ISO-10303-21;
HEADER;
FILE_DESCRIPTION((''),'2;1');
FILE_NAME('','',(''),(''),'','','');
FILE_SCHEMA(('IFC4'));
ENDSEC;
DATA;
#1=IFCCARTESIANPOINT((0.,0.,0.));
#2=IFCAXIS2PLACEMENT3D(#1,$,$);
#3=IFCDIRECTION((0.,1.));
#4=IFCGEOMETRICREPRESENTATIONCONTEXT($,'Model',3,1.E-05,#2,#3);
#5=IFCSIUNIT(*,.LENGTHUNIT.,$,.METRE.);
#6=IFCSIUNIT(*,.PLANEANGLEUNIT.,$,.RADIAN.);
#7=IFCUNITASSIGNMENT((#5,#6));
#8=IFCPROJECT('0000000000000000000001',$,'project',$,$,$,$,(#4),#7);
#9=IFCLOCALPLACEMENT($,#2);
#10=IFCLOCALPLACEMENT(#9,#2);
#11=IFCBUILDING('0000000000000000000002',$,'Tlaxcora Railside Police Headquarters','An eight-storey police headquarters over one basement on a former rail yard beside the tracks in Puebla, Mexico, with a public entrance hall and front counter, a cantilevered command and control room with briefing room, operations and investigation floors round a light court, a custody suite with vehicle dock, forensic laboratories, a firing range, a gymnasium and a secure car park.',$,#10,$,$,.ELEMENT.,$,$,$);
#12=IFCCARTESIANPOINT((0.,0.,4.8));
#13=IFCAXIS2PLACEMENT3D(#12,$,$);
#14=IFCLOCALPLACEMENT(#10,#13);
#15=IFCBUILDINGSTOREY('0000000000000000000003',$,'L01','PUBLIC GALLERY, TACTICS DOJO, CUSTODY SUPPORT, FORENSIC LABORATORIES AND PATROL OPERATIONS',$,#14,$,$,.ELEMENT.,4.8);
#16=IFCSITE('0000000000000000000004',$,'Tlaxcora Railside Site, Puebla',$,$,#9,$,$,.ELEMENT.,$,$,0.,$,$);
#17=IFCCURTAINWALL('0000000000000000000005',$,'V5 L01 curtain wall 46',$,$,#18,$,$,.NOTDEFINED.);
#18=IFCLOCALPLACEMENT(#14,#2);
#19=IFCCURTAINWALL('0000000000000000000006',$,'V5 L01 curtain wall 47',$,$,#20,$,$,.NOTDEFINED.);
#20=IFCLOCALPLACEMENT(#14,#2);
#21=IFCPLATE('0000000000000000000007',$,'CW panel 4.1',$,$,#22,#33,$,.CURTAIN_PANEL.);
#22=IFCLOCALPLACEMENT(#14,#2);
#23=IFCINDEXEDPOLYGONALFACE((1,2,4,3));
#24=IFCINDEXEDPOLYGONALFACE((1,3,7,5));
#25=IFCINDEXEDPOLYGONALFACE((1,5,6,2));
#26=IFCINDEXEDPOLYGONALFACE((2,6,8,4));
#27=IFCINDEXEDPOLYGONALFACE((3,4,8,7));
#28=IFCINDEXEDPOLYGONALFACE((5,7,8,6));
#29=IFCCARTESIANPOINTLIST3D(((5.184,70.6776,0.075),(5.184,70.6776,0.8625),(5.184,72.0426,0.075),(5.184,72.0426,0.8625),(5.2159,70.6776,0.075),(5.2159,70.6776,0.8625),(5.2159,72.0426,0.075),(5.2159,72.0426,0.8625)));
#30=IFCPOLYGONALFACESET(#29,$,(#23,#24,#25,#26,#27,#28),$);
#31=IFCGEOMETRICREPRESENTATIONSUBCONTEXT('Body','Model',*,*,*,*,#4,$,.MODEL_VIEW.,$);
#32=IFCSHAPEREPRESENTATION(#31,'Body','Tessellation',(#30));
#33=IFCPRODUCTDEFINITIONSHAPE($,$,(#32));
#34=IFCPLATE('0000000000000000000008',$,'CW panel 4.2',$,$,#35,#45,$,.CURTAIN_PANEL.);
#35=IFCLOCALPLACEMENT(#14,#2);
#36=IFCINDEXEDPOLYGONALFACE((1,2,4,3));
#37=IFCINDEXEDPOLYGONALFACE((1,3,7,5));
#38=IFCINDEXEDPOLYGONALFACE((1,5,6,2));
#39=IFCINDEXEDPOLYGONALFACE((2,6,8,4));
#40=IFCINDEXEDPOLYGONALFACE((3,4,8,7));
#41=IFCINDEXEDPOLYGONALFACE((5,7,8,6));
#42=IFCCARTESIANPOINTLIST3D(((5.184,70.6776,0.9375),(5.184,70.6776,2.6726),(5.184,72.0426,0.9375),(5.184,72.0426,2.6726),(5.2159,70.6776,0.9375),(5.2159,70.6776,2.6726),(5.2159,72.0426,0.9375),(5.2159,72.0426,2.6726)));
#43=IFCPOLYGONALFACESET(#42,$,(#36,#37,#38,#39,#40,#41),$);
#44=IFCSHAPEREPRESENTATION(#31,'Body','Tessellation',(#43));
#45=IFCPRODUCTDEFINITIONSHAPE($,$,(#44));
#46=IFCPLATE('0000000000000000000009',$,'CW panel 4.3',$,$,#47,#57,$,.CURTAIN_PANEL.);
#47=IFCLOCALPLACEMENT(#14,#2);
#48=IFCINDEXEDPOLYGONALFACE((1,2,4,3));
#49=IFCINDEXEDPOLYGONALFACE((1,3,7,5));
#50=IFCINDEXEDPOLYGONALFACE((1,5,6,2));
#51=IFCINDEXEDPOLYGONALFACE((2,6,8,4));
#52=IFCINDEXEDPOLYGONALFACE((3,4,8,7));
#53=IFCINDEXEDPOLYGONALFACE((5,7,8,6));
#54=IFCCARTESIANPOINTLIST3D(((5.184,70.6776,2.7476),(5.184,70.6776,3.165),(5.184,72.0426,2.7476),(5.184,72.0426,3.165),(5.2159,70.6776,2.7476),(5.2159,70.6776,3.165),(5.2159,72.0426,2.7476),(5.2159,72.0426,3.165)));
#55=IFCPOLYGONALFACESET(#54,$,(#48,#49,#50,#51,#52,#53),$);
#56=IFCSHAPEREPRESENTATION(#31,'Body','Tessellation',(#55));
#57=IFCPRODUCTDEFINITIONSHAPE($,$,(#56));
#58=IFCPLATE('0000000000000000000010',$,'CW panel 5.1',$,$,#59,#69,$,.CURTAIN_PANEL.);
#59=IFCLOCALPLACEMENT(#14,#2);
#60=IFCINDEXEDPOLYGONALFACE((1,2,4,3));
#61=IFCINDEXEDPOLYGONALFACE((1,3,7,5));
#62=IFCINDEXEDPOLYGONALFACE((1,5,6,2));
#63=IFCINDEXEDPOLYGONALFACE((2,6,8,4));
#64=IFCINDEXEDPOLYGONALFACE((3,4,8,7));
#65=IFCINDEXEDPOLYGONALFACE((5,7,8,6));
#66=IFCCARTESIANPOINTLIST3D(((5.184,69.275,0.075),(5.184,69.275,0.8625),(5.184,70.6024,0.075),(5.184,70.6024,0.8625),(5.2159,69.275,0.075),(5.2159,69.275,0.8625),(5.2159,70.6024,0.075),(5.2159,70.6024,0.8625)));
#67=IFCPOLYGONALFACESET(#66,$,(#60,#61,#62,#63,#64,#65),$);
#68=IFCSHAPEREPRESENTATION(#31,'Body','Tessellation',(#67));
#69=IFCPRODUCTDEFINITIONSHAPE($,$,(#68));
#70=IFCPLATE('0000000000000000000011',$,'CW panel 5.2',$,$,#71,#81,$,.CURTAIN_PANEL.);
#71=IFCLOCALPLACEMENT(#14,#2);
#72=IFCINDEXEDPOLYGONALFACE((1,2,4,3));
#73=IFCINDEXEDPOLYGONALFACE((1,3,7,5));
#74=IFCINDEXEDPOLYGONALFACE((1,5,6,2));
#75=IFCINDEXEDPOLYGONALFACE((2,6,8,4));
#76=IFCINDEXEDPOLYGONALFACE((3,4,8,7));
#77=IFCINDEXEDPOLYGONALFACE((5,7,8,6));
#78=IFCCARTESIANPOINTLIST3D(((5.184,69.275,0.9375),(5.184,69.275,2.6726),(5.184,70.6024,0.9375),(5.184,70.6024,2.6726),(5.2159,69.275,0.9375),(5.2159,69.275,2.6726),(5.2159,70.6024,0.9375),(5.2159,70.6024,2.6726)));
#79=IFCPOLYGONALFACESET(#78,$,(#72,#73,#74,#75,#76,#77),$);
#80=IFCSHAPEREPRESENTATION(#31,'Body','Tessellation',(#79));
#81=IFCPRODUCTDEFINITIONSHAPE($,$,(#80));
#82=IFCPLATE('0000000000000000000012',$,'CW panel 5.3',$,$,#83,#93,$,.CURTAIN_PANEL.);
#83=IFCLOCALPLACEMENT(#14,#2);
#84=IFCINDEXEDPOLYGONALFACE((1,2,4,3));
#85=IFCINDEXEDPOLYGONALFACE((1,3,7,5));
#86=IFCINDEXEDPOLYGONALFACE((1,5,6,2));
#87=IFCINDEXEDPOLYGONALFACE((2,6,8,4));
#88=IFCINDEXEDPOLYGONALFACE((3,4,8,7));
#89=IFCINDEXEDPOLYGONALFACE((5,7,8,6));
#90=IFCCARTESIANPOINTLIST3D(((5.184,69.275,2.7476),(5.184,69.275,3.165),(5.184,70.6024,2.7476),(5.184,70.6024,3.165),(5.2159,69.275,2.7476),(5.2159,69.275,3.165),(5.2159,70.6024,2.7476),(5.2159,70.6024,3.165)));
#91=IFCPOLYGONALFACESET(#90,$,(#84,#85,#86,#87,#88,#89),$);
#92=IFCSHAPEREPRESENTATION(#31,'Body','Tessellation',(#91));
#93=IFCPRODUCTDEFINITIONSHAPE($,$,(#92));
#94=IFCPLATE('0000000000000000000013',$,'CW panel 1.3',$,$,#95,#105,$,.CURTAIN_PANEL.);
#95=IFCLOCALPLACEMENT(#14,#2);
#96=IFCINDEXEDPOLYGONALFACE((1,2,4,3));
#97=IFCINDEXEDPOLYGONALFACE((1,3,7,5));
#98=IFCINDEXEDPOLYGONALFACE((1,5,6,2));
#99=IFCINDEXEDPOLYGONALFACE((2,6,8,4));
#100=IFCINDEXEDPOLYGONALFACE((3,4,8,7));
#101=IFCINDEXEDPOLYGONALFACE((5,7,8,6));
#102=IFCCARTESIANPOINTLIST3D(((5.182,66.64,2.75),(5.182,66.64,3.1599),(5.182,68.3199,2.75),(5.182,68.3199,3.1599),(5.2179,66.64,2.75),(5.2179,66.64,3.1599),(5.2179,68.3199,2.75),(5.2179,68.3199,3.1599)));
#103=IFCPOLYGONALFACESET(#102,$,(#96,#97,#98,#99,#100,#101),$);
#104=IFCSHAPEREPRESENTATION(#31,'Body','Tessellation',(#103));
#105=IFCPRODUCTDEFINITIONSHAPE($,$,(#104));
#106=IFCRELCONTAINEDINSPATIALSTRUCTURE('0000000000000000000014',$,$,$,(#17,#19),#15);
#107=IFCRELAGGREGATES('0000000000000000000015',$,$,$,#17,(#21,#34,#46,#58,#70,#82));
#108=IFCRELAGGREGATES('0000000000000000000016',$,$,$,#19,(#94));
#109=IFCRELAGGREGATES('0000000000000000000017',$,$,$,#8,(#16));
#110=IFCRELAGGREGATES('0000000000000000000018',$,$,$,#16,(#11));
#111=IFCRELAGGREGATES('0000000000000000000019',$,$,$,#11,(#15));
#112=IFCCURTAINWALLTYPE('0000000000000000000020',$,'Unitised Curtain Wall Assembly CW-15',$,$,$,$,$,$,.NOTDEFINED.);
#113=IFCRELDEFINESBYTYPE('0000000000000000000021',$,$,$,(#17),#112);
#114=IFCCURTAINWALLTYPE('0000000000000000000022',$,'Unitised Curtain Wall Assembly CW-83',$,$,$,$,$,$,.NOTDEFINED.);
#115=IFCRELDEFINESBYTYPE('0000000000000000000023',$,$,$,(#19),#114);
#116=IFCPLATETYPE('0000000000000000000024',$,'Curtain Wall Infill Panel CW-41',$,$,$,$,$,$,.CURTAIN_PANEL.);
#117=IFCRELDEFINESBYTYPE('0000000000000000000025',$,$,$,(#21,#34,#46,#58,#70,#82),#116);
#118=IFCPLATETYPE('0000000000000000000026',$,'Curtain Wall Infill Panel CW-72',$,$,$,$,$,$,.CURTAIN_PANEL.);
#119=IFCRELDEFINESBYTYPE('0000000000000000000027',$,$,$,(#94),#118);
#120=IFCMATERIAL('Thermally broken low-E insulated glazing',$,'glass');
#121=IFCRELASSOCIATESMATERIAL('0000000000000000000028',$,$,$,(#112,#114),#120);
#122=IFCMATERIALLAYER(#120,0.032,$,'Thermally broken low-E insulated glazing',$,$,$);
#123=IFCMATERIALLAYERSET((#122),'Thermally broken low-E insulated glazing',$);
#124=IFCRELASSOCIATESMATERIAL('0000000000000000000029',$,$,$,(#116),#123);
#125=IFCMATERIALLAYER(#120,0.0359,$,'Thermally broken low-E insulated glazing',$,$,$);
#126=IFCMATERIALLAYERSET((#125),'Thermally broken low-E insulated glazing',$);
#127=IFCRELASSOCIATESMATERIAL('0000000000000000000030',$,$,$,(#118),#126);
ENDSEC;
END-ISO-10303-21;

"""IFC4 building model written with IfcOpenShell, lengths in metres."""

from ifc_helpers import new_model, si_unit, direction, frame, origin, origin_2d, place, context, subcontext, project, spatial, rectangle, extrude, material, layer, layer_set, type_object, element, aggregate, save


model = new_model("IFC4")

# Units and contexts
model_context = context("Model", 3, precision=1e-05, world=origin(), true_north=direction((0.0, 1.0)))
body_context = subcontext(model_context, "Body", "Model", "MODEL_VIEW")
ifc_project = project(units=[si_unit("LENGTHUNIT", "METRE"), si_unit("PLANEANGLEUNIT", "RADIAN")], contexts=[model_context])

# Site, building, storey
site_placement = place(None, origin())
site = spatial("IfcSite", under=ifc_project, at=site_placement, Name="Tlaxcora Railside Site, Puebla", CompositionType="ELEMENT", RefElevation=0.0)
building_placement = place(site_placement, origin())
building = spatial("IfcBuilding", under=site, at=building_placement, Name="Tlaxcora Railside Police Headquarters", Description="An eight-storey police headquarters over one basement on a former rail yard beside the tracks in Puebla, Mexico, with a public entrance hall and front counter, a cantilevered command and control room with briefing room, operations and investigation floors round a light court, a custody suite with vehicle dock, forensic laboratories, a firing range, a gymnasium and a secure car park.", CompositionType="ELEMENT")
storey_placement = place(building_placement, frame((0.0, 0.0, 4.8)))
storey = spatial("IfcBuildingStorey", under=building, at=storey_placement, Name="L01", Description="PUBLIC GALLERY, TACTICS DOJO, CUSTODY SUPPORT, FORENSIC LABORATORIES AND PATROL OPERATIONS", CompositionType="ELEMENT", Elevation=4.8)

# Curtain wall
ifc_material_1 = material(Name="Thermally broken low-E insulated glazing", Category="glass")
curtain_wall_type_1 = type_object("IfcCurtainWallType", Name="Unitised Curtain Wall Assembly CW-15", PredefinedType="NOTDEFINED", material=ifc_material_1)
curtain_wall_1_placement = place(storey_placement, origin())
curtain_wall_1 = element("IfcCurtainWall", 1, at=curtain_wall_1_placement, inside=storey, type_object=curtain_wall_type_1, Name="V5 L01 curtain wall 46", PredefinedType="NOTDEFINED")

# Curtain wall
curtain_wall_type_2 = type_object("IfcCurtainWallType", Name="Unitised Curtain Wall Assembly CW-83", PredefinedType="NOTDEFINED", material=ifc_material_1)
curtain_wall_2_placement = place(storey_placement, origin())
curtain_wall_2 = element("IfcCurtainWall", 2, at=curtain_wall_2_placement, inside=storey, type_object=curtain_wall_type_2, Name="V5 L01 curtain wall 47", PredefinedType="NOTDEFINED")

# Plates
ifc_layer_1 = layer(ifc_material_1, 0.032, Name="Thermally broken low-E insulated glazing")
ifc_layer_set_1 = layer_set([ifc_layer_1], Name="Thermally broken low-E insulated glazing")
plate_type_1 = type_object("IfcPlateType", Name="Curtain Wall Infill Panel CW-41", PredefinedType="CURTAIN_PANEL", material=ifc_layer_set_1)
plate_1_placement = place(storey_placement, frame((5.2, 71.3601, 0.075), z_axis=(0.0, 0.0, 1.0), x_axis=(0.0, -1.0, 0.0)))
plate_1 = element("IfcPlate", 3, at=plate_1_placement, type_object=plate_type_1, Name="CW panel 4.1", PredefinedType="CURTAIN_PANEL", context=body_context, shape_type="SweptSolid", body=[
    extrude(rectangle(XDim=1.365, YDim=0.032, at=origin_2d()), origin(), (0.0, 0.0, 1.0), 0.7876),
])
plate_2_placement = place(storey_placement, frame((5.2, 71.3601, 0.9375), z_axis=(0.0, 0.0, 1.0), x_axis=(0.0, -1.0, 0.0)))
plate_2 = element("IfcPlate", 4, at=plate_2_placement, type_object=plate_type_1, Name="CW panel 4.2", PredefinedType="CURTAIN_PANEL", context=body_context, shape_type="SweptSolid", body=[
    extrude(rectangle(XDim=1.365, YDim=0.032, at=origin_2d()), origin(), (0.0, 0.0, 1.0), 1.7351),
])
plate_3_placement = place(storey_placement, frame((5.2, 71.3601, 2.7476), z_axis=(0.0, 0.0, 1.0), x_axis=(0.0, -1.0, 0.0)))
plate_3 = element("IfcPlate", 5, at=plate_3_placement, type_object=plate_type_1, Name="CW panel 4.3", PredefinedType="CURTAIN_PANEL", context=body_context, shape_type="SweptSolid", body=[
    extrude(rectangle(XDim=1.365, YDim=0.032, at=origin_2d()), origin(), (0.0, 0.0, 1.0), 0.4175),
])
plate_4_placement = place(storey_placement, frame((5.2, 69.9387, 0.075), z_axis=(0.0, 0.0, 1.0), x_axis=(0.0, -1.0, 0.0)))
plate_4 = element("IfcPlate", 6, at=plate_4_placement, type_object=plate_type_1, Name="CW panel 5.1", PredefinedType="CURTAIN_PANEL", context=body_context, shape_type="SweptSolid", body=[
    extrude(rectangle(XDim=1.3274, YDim=0.032, at=origin_2d()), origin(), (0.0, 0.0, 1.0), 0.7876),
])
plate_5_placement = place(storey_placement, frame((5.2, 69.9387, 0.9375), z_axis=(0.0, 0.0, 1.0), x_axis=(0.0, -1.0, 0.0)))
plate_5 = element("IfcPlate", 7, at=plate_5_placement, type_object=plate_type_1, Name="CW panel 5.2", PredefinedType="CURTAIN_PANEL", context=body_context, shape_type="SweptSolid", body=[
    extrude(rectangle(XDim=1.3274, YDim=0.032, at=origin_2d()), origin(), (0.0, 0.0, 1.0), 1.7351),
])
plate_6_placement = place(storey_placement, frame((5.2, 69.9387, 2.7476), z_axis=(0.0, 0.0, 1.0), x_axis=(0.0, -1.0, 0.0)))
plate_6 = element("IfcPlate", 8, at=plate_6_placement, type_object=plate_type_1, Name="CW panel 5.3", PredefinedType="CURTAIN_PANEL", context=body_context, shape_type="SweptSolid", body=[
    extrude(rectangle(XDim=1.3274, YDim=0.032, at=origin_2d()), origin(), (0.0, 0.0, 1.0), 0.4175),
])
aggregate(curtain_wall_1, [plate_1, plate_2, plate_3, plate_4, plate_5, plate_6])
ifc_layer_2 = layer(ifc_material_1, 0.0359, Name="Thermally broken low-E insulated glazing")
ifc_layer_set_2 = layer_set([ifc_layer_2], Name="Thermally broken low-E insulated glazing")
plate_type_2 = type_object("IfcPlateType", Name="Curtain Wall Infill Panel CW-72", PredefinedType="CURTAIN_PANEL", material=ifc_layer_set_2)
plate_7_placement = place(storey_placement, frame((5.2, 67.48, 2.75), z_axis=(0.0, 0.0, 1.0), x_axis=(0.0, -1.0, 0.0)))
plate_7 = element("IfcPlate", 9, at=plate_7_placement, type_object=plate_type_2, Name="CW panel 1.3", PredefinedType="CURTAIN_PANEL", context=body_context, shape_type="SweptSolid", body=[
    extrude(rectangle(XDim=1.6799, YDim=0.0359, at=origin_2d()), origin(), (0.0, 0.0, 1.0), 0.4099),
])
aggregate(curtain_wall_2, [plate_7])

save(model, "model.ifc")
